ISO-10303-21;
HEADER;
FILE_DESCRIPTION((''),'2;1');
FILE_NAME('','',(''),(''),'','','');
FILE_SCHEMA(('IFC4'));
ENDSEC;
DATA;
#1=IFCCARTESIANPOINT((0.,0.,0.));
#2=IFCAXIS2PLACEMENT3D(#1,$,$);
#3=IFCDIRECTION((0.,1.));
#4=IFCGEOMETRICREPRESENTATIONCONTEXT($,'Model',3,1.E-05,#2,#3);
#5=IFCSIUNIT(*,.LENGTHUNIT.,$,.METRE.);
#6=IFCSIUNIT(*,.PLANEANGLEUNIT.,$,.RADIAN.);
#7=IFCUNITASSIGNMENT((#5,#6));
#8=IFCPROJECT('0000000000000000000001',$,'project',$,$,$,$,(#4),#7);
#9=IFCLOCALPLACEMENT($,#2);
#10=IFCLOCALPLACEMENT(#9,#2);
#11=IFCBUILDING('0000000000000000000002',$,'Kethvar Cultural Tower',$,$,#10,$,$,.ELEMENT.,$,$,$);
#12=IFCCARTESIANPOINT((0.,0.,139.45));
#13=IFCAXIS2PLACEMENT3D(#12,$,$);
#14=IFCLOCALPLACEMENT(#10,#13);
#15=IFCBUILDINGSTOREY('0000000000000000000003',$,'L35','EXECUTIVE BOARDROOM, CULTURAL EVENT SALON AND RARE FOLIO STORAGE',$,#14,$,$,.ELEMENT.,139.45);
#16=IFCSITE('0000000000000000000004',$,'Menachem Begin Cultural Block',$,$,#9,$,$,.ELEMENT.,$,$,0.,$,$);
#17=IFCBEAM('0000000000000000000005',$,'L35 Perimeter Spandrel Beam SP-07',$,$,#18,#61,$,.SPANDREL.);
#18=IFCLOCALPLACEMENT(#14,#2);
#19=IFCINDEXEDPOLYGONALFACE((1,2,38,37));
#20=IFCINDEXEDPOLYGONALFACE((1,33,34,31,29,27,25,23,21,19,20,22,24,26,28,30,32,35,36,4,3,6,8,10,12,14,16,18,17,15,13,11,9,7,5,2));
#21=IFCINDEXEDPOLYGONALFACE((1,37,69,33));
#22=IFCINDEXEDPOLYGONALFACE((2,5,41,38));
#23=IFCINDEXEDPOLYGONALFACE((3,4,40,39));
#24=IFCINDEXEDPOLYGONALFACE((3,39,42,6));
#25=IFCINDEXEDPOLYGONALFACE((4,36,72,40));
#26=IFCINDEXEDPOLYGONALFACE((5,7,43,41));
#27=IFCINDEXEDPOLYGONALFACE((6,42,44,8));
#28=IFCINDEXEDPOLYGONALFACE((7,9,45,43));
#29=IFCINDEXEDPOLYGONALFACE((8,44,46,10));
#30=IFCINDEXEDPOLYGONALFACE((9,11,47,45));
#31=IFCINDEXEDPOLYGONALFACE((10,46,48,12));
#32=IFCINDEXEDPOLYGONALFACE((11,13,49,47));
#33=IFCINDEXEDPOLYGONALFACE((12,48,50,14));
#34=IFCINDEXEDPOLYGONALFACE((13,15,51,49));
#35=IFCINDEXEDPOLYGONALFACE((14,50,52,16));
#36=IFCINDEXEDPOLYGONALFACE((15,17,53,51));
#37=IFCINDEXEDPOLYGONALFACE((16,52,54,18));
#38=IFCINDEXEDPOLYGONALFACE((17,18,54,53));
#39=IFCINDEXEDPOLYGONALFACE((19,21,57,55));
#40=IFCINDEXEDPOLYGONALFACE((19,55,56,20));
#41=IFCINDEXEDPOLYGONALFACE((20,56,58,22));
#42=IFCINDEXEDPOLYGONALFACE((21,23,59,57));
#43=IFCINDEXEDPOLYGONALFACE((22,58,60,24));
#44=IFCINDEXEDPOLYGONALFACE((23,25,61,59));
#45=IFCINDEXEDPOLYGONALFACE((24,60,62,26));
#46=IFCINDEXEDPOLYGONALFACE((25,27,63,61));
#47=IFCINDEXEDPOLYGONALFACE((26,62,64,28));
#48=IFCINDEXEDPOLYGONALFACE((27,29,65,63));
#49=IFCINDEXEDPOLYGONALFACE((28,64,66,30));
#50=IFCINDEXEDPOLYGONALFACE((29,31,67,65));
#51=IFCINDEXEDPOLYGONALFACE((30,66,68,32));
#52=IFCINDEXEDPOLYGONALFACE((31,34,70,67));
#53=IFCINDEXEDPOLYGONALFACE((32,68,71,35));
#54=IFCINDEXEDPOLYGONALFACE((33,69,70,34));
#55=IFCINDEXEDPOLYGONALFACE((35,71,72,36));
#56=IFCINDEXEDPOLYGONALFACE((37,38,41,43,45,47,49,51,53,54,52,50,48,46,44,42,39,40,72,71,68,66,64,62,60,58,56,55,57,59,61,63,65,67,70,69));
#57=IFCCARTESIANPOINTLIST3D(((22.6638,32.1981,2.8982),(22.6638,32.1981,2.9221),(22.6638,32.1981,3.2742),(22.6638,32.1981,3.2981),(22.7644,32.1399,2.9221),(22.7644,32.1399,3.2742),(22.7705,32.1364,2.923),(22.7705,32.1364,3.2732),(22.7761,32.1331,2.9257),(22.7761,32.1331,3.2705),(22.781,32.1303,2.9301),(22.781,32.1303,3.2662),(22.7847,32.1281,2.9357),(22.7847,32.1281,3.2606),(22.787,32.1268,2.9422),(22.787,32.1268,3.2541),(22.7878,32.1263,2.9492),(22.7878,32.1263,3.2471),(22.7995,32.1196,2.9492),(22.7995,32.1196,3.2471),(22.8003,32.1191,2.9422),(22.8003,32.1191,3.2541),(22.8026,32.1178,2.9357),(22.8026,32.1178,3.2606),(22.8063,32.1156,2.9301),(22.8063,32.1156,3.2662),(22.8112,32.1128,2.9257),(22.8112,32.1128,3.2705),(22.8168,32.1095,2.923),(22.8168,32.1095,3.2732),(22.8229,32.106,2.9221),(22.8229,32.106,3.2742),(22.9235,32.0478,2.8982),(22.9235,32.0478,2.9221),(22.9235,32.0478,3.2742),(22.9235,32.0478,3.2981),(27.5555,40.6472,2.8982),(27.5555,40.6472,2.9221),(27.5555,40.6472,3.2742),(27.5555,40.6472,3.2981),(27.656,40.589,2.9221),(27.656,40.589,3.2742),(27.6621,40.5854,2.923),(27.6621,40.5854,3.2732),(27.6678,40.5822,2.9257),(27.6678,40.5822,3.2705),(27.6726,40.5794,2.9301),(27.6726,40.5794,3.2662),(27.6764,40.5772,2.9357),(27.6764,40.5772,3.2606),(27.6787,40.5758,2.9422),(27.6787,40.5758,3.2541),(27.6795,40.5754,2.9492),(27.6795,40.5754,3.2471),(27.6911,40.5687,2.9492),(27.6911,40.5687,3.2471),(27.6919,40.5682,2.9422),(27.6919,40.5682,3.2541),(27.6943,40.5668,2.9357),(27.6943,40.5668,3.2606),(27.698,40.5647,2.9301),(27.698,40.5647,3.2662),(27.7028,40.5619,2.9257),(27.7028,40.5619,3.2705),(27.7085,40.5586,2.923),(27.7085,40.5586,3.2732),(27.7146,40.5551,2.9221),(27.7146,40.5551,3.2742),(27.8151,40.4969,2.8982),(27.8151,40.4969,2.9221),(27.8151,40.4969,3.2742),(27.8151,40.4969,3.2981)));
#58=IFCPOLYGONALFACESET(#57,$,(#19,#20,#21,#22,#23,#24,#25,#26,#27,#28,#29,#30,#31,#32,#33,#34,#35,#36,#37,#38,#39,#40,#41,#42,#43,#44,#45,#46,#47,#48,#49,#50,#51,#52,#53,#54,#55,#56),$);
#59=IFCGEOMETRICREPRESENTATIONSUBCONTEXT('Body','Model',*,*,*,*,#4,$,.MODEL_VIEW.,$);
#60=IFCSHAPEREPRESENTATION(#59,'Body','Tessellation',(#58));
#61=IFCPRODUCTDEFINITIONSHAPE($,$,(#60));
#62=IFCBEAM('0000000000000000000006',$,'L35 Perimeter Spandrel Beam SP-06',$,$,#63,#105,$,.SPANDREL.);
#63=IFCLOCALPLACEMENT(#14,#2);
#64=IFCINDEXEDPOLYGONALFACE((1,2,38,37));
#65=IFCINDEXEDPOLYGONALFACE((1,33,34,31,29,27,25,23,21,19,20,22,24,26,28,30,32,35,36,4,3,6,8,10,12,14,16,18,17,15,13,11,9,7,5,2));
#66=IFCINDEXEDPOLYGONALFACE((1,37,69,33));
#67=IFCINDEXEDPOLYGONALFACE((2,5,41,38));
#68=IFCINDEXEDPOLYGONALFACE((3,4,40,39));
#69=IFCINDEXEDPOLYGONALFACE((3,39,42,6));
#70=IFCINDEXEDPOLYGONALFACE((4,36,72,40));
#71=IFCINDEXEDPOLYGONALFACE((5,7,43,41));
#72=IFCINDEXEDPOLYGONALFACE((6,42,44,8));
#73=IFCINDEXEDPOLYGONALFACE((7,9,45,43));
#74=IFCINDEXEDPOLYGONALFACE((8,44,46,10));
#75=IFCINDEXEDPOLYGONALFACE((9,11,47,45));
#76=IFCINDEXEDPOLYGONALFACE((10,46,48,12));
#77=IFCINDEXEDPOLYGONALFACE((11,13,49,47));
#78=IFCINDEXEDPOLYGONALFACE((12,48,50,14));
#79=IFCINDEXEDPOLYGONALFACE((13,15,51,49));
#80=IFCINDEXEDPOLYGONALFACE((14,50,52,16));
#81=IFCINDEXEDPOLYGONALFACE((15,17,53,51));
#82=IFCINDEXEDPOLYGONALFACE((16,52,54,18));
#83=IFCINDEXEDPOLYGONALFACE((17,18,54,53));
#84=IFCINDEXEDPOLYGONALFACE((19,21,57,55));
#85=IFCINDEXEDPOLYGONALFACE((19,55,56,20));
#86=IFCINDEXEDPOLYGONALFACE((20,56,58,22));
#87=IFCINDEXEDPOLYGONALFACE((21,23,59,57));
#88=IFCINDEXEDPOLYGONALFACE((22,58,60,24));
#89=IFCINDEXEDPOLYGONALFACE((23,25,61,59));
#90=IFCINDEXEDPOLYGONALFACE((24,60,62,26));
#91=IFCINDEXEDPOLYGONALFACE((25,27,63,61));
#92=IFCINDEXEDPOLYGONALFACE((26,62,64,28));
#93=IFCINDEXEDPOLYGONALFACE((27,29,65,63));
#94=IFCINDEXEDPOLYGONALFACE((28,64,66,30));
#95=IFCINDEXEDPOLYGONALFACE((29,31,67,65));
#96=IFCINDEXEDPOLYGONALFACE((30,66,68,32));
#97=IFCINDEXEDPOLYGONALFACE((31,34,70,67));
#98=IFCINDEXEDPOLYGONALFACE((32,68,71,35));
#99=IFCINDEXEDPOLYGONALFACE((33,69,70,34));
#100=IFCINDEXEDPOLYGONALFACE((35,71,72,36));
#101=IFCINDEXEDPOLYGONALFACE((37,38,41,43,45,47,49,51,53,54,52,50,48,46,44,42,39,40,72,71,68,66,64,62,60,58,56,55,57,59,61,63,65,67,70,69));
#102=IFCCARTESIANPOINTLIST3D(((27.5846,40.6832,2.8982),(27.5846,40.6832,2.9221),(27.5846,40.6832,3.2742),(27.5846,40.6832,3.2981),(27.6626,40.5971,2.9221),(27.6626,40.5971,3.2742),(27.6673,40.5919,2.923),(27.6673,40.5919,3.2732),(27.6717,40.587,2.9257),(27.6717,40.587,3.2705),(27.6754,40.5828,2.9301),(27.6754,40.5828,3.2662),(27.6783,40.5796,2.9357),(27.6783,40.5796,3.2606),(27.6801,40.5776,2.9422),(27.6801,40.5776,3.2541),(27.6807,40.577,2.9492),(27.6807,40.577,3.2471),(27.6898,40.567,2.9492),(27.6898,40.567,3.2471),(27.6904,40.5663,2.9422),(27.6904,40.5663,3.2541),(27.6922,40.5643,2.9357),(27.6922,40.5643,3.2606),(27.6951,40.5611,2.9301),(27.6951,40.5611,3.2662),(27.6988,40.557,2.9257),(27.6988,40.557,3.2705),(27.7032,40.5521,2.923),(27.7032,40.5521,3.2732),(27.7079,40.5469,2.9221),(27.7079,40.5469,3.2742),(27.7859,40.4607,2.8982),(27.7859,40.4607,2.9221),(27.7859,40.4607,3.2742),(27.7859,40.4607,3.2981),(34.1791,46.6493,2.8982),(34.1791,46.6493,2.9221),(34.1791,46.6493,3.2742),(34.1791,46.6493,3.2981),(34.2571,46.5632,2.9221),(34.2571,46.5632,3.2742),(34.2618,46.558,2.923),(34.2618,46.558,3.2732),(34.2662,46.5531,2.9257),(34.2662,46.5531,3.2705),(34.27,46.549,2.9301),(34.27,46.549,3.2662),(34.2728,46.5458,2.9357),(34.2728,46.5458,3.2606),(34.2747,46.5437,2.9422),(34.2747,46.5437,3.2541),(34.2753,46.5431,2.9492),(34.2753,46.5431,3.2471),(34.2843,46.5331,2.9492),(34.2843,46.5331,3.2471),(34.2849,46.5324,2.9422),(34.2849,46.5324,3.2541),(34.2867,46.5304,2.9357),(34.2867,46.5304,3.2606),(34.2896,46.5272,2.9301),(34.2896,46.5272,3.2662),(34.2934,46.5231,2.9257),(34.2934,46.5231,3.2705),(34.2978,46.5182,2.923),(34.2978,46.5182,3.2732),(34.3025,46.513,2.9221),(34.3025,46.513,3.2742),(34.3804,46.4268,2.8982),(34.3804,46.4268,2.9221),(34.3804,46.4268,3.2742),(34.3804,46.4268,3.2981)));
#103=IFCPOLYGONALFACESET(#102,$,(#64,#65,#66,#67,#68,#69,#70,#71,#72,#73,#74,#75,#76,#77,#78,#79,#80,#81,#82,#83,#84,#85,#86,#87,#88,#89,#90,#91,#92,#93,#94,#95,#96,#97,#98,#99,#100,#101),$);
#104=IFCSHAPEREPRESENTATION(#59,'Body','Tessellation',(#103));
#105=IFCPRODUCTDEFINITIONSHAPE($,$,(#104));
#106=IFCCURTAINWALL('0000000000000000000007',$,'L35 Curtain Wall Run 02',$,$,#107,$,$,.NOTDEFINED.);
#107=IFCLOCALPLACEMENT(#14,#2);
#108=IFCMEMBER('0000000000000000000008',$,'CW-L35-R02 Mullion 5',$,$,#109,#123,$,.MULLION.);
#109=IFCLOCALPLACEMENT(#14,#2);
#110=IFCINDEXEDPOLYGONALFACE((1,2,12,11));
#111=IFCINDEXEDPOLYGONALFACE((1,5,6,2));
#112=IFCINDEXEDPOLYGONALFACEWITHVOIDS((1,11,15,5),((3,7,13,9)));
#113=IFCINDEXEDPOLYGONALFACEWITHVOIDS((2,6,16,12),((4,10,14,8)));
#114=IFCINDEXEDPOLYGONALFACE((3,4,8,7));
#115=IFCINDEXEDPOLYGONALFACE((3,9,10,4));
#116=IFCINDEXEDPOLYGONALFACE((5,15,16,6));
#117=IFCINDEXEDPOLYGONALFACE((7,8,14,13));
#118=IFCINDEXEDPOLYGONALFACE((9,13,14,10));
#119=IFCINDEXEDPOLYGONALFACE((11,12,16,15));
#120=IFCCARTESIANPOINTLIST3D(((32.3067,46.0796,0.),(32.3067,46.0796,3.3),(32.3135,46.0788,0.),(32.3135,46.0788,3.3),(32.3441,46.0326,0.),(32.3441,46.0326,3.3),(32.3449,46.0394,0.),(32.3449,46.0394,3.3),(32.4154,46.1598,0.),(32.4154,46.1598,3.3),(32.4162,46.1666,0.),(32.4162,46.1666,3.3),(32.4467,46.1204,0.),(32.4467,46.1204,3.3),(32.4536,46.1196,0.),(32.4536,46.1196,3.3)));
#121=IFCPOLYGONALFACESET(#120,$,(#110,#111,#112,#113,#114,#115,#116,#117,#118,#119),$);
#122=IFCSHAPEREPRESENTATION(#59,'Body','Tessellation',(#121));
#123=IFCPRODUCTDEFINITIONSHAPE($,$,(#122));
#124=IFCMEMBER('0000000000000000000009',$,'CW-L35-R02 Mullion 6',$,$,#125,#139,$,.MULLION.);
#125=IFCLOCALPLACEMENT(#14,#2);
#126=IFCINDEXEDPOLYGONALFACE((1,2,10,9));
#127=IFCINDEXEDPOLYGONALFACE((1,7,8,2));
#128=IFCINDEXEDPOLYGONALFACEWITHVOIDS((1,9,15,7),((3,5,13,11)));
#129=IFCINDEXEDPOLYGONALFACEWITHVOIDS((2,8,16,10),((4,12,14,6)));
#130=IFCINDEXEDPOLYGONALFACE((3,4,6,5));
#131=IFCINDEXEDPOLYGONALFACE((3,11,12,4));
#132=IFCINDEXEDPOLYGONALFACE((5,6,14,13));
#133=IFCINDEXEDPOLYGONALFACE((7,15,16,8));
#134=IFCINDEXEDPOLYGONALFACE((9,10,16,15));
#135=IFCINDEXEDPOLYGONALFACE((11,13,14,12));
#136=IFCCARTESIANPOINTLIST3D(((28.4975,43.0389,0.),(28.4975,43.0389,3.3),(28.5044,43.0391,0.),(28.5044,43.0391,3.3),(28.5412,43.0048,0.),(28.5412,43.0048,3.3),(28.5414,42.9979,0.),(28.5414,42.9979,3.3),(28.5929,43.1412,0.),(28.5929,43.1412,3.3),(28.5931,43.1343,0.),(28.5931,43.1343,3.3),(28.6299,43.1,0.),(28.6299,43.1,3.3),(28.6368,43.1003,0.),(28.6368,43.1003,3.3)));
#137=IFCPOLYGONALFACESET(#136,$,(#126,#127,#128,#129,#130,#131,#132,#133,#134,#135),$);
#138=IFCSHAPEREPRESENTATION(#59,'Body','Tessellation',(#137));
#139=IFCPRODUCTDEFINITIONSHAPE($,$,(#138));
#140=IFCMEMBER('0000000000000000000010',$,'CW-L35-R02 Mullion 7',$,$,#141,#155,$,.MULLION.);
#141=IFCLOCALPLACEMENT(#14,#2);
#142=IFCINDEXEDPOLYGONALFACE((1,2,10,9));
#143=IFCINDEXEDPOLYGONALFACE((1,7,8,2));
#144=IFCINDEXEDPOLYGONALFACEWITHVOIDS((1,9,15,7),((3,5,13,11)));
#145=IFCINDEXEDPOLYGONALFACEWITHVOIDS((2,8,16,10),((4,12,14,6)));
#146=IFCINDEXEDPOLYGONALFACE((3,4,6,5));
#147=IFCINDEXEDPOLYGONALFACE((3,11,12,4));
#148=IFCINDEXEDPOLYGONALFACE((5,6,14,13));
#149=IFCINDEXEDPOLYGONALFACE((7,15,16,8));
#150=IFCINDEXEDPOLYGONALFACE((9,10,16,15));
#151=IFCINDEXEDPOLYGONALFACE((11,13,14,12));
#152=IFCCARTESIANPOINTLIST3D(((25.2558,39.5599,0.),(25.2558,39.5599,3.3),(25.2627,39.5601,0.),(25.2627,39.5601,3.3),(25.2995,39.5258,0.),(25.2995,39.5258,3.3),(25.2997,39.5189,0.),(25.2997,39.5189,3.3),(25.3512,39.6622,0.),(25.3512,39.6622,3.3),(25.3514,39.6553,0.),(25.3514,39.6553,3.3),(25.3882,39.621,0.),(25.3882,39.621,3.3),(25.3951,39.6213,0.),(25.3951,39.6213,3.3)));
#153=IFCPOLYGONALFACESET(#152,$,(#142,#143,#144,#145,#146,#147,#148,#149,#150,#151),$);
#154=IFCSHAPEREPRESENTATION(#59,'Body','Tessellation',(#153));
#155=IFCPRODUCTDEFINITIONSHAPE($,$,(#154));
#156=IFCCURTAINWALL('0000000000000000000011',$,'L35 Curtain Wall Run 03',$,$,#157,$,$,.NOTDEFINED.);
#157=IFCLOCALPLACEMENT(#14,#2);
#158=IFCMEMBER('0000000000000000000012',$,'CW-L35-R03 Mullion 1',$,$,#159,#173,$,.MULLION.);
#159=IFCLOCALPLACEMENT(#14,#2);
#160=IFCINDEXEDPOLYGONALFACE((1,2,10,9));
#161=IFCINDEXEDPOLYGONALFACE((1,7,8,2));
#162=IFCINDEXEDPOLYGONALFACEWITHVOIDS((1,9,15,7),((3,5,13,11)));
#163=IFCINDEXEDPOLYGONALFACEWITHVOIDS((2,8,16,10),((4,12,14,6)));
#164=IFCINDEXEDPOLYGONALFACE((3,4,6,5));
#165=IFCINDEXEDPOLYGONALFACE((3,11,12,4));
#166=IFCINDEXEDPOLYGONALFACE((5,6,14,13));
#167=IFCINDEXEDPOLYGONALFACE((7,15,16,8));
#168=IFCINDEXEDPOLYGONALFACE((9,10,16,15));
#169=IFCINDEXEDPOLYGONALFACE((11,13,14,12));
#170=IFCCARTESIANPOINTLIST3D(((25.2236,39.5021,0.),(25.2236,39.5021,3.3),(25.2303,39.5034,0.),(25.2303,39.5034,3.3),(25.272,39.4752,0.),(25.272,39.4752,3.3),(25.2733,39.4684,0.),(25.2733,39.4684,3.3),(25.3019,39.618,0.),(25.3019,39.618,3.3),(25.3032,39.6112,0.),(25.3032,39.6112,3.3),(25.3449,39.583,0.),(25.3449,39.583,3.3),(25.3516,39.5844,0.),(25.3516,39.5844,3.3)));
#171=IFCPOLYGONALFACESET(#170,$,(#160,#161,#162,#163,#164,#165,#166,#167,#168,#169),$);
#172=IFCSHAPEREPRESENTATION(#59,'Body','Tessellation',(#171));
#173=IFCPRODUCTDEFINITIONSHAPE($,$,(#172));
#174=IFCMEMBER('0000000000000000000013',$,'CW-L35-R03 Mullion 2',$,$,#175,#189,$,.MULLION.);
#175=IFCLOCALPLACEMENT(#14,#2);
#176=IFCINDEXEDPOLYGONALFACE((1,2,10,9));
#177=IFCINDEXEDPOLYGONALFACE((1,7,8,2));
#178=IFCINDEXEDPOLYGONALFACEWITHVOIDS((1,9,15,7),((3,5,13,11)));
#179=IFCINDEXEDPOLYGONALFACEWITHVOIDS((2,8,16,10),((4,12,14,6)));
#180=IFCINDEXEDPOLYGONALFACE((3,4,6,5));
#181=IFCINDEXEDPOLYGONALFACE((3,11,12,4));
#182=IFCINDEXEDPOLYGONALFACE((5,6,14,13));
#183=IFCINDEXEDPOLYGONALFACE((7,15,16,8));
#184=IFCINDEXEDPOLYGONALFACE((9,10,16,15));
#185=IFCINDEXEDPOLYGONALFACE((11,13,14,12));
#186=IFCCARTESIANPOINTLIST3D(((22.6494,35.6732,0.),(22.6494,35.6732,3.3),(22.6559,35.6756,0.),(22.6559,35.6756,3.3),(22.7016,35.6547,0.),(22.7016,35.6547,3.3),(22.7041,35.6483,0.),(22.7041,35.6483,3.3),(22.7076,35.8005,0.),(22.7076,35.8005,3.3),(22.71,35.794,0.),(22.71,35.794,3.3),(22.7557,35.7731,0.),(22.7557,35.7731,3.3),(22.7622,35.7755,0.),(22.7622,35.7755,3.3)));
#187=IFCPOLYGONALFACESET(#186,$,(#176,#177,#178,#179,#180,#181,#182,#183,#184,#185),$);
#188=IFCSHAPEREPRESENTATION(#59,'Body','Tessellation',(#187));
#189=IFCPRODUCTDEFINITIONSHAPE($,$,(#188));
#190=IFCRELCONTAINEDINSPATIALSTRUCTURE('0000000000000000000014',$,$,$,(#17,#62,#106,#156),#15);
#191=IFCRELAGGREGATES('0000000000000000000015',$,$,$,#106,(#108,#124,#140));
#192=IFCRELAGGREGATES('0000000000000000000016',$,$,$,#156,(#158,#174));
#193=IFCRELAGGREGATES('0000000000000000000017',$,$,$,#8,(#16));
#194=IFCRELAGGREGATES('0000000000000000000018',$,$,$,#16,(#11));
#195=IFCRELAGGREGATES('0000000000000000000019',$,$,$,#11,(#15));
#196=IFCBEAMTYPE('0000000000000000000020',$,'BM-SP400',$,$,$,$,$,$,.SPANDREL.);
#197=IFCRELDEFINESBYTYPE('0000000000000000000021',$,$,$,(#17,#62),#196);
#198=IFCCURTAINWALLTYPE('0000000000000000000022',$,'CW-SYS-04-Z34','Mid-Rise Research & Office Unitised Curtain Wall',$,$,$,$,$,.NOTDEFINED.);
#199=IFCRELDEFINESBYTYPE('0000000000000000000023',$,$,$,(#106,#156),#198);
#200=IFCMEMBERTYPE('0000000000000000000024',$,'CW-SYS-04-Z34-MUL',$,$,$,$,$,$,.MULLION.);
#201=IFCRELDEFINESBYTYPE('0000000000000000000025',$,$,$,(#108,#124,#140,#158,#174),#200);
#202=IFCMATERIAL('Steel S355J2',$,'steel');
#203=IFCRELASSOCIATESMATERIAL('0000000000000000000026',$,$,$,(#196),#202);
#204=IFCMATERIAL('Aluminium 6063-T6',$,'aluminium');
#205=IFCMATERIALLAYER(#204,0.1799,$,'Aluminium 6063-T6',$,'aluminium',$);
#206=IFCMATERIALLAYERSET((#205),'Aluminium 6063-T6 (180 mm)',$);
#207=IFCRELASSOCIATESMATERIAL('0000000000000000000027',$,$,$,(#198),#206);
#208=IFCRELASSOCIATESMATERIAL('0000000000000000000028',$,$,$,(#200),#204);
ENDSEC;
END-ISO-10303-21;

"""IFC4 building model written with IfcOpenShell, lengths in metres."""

from ifc_helpers import new_model, si_unit, direction, frame, origin, origin_2d, place, context, subcontext, project, spatial, hollow_rectangle, i_section, extrude, source, transform, mapped, material, layer, layer_set, material_profile, profile_set, type_object, element, aggregate, save


model = new_model("IFC4")

# Units and contexts
model_context = context("Model", 3, precision=1e-05, world=origin(), true_north=direction((0.0, 1.0)))
body_context = subcontext(model_context, "Body", "Model", "MODEL_VIEW")
ifc_project = project(units=[si_unit("LENGTHUNIT", "METRE"), si_unit("PLANEANGLEUNIT", "RADIAN")], contexts=[model_context])

# Site, building, storey
site_placement = place(None, origin())
site = spatial("IfcSite", under=ifc_project, at=site_placement, Name="Menachem Begin Cultural Block", CompositionType="ELEMENT", RefElevation=0.0)
building_placement = place(site_placement, origin())
building = spatial("IfcBuilding", under=site, at=building_placement, Name="Kethvar Cultural Tower", CompositionType="ELEMENT")
storey_placement = place(building_placement, frame((0.0, 0.0, 139.45)))
storey = spatial("IfcBuildingStorey", under=building, at=storey_placement, Name="L35", Description="EXECUTIVE BOARDROOM, CULTURAL EVENT SALON AND RARE FOLIO STORAGE", CompositionType="ELEMENT", Elevation=139.45)

# Beams
ifc_material_1 = material(Name="Steel S355J2", Category="steel")
ifc_material_profile_1 = material_profile(ifc_material_1, i_section(OverallWidth=0.3, OverallDepth=0.3999, WebThickness=0.0134, FlangeThickness=0.0239, FilletRadius=0.0271, at=origin_2d()), Name="Steel S355J2 — HEB400")
ifc_profile_set_1 = profile_set([ifc_material_profile_1], Name="Steel S355J2 — HEB400")
beam_type_1 = type_object("IfcBeamType", Name="BM-SP400", PredefinedType="SPANDREL", material=ifc_profile_set_1)
shared_shape_1 = source(origin(), body_context, "Body", "SweptSolid", [
    extrude(i_section(OverallWidth=0.3, OverallDepth=0.3999, WebThickness=0.0134, FlangeThickness=0.0239, FilletRadius=0.0271, at=origin_2d()), origin(), (0.0, 0.0, 1.0), 9.7629),
])
beam_1_placement = place(storey_placement, frame((27.6853, 40.572, 3.0981), z_axis=(-0.501043, -0.865422, 0.0), x_axis=(0.865422, -0.501043, 0.0)))
element("IfcBeam", 1, at=beam_1_placement, inside=storey, type_object=beam_type_1, Name="L35 Perimeter Spandrel Beam SP-07", PredefinedType="SPANDREL", context=body_context, shape_type="MappedRepresentation", body=[
    mapped(shared_shape_1, transform((0.0, 0.0, 0.0), scale=1.0)),
])
shared_shape_2 = source(origin(), body_context, "Body", "SweptSolid", [
    extrude(i_section(OverallWidth=0.3, OverallDepth=0.3999, WebThickness=0.0134, FlangeThickness=0.0239, FilletRadius=0.0271, at=origin_2d()), origin(), (0.0, 0.0, 1.0), 8.8928),
])
beam_2_placement = place(storey_placement, frame((34.2798, 46.5381, 3.0981), z_axis=(-0.741557, -0.67089, 0.0), x_axis=(0.67089, -0.741557, 0.0)))
element("IfcBeam", 2, at=beam_2_placement, inside=storey, type_object=beam_type_1, Name="L35 Perimeter Spandrel Beam SP-06", PredefinedType="SPANDREL", context=body_context, shape_type="MappedRepresentation", body=[
    mapped(shared_shape_2, transform((0.0, 0.0, 0.0), scale=1.0)),
])

# Curtain walls, members
ifc_material_2 = material(Name="Aluminium 6063-T6", Category="aluminium")
ifc_layer_1 = layer(ifc_material_2, 0.1799, Name="Aluminium 6063-T6", Category="aluminium")
ifc_layer_set_1 = layer_set([ifc_layer_1], Name="Aluminium 6063-T6 (180 mm)")
curtain_wall_type = type_object("IfcCurtainWallType", Name="CW-SYS-04-Z34", Description="Mid-Rise Research & Office Unitised Curtain Wall", PredefinedType="NOTDEFINED", material=ifc_layer_set_1)
curtain_wall_1_placement = place(storey_placement, origin())
curtain_wall_1 = element("IfcCurtainWall", 3, at=curtain_wall_1_placement, inside=storey, type_object=curtain_wall_type, Name="L35 Curtain Wall Run 02", PredefinedType="NOTDEFINED")
ifc_material_profile_2 = material_profile(ifc_material_2, hollow_rectangle(XDim=0.0601, YDim=0.1399, WallThickness=0.0049, at=origin_2d()), Name="Aluminium 6063-T6 — RHS140x60x5")
ifc_profile_set_2 = profile_set([ifc_material_profile_2], Name="Aluminium 6063-T6 — RHS140x60x5")
member_type_1 = type_object("IfcMemberType", Name="CW-SYS-04-Z34-MUL", PredefinedType="MULLION", material=ifc_profile_set_2)
shared_shape_3 = source(origin(), body_context, "Body", "SweptSolid", [
    extrude(hollow_rectangle(XDim=0.0601, YDim=0.1399, WallThickness=0.0049, at=origin_2d()), origin(), (0.0, 0.0, 1.0), 3.3),
])
member_1_placement = place(storey_placement, frame((32.3801, 46.0996, 0.0), z_axis=(0.0, 0.0, 1.0), x_axis=(0.622364, -0.782728, 0.0)))
member_1 = element("IfcMember", 4, at=member_1_placement, type_object=member_type_1, Name="CW-L35-R02 Mullion 5", PredefinedType="MULLION", context=body_context, shape_type="MappedRepresentation", body=[
    mapped(shared_shape_3, transform((0.0, 0.0, 0.0), scale=1.0)),
])
member_2_placement = place(storey_placement, frame((28.5671, 43.0696, 0.0), z_axis=(0.0, 0.0, 1.0), x_axis=(0.731592, -0.681743, 0.0)))
member_2 = element("IfcMember", 5, at=member_2_placement, type_object=member_type_1, Name="CW-L35-R02 Mullion 6", PredefinedType="MULLION", context=body_context, shape_type="MappedRepresentation", body=[
    mapped(shared_shape_3, transform((0.0, 0.0, 0.0), scale=1.0)),
])
member_3_placement = place(storey_placement, frame((25.3254, 39.5906, 0.0), z_axis=(0.0, 0.0, 1.0), x_axis=(0.731592, -0.681743, 0.0)))
member_3 = element("IfcMember", 6, at=member_3_placement, type_object=member_type_1, Name="CW-L35-R02 Mullion 7", PredefinedType="MULLION", context=body_context, shape_type="MappedRepresentation", body=[
    mapped(shared_shape_3, transform((0.0, 0.0, 0.0), scale=1.0)),
])
curtain_wall_2_placement = place(storey_placement, origin())
curtain_wall_2 = element("IfcCurtainWall", 7, at=curtain_wall_2_placement, inside=storey, type_object=curtain_wall_type, Name="L35 Curtain Wall Run 03", PredefinedType="NOTDEFINED")
member_4_placement = place(storey_placement, frame((25.2876, 39.5432, 0.0), z_axis=(0.0, 0.0, 1.0), x_axis=(0.828608, -0.559829, 0.0)))
member_4 = element("IfcMember", 8, at=member_4_placement, type_object=member_type_1, Name="CW-L35-R03 Mullion 1", PredefinedType="MULLION", context=body_context, shape_type="MappedRepresentation", body=[
    mapped(shared_shape_3, transform((0.0, 0.0, 0.0), scale=1.0)),
])
member_5_placement = place(storey_placement, frame((22.7058, 35.7244, 0.0), z_axis=(0.0, 0.0, 1.0), x_axis=(0.909556, -0.415582, 0.0)))
member_5 = element("IfcMember", 9, at=member_5_placement, type_object=member_type_1, Name="CW-L35-R03 Mullion 2", PredefinedType="MULLION", context=body_context, shape_type="MappedRepresentation", body=[
    mapped(shared_shape_3, transform((0.0, 0.0, 0.0), scale=1.0)),
])

aggregate(curtain_wall_1, [member_1, member_2, member_3])
aggregate(curtain_wall_2, [member_4, member_5])

save(model, "model.ifc")
